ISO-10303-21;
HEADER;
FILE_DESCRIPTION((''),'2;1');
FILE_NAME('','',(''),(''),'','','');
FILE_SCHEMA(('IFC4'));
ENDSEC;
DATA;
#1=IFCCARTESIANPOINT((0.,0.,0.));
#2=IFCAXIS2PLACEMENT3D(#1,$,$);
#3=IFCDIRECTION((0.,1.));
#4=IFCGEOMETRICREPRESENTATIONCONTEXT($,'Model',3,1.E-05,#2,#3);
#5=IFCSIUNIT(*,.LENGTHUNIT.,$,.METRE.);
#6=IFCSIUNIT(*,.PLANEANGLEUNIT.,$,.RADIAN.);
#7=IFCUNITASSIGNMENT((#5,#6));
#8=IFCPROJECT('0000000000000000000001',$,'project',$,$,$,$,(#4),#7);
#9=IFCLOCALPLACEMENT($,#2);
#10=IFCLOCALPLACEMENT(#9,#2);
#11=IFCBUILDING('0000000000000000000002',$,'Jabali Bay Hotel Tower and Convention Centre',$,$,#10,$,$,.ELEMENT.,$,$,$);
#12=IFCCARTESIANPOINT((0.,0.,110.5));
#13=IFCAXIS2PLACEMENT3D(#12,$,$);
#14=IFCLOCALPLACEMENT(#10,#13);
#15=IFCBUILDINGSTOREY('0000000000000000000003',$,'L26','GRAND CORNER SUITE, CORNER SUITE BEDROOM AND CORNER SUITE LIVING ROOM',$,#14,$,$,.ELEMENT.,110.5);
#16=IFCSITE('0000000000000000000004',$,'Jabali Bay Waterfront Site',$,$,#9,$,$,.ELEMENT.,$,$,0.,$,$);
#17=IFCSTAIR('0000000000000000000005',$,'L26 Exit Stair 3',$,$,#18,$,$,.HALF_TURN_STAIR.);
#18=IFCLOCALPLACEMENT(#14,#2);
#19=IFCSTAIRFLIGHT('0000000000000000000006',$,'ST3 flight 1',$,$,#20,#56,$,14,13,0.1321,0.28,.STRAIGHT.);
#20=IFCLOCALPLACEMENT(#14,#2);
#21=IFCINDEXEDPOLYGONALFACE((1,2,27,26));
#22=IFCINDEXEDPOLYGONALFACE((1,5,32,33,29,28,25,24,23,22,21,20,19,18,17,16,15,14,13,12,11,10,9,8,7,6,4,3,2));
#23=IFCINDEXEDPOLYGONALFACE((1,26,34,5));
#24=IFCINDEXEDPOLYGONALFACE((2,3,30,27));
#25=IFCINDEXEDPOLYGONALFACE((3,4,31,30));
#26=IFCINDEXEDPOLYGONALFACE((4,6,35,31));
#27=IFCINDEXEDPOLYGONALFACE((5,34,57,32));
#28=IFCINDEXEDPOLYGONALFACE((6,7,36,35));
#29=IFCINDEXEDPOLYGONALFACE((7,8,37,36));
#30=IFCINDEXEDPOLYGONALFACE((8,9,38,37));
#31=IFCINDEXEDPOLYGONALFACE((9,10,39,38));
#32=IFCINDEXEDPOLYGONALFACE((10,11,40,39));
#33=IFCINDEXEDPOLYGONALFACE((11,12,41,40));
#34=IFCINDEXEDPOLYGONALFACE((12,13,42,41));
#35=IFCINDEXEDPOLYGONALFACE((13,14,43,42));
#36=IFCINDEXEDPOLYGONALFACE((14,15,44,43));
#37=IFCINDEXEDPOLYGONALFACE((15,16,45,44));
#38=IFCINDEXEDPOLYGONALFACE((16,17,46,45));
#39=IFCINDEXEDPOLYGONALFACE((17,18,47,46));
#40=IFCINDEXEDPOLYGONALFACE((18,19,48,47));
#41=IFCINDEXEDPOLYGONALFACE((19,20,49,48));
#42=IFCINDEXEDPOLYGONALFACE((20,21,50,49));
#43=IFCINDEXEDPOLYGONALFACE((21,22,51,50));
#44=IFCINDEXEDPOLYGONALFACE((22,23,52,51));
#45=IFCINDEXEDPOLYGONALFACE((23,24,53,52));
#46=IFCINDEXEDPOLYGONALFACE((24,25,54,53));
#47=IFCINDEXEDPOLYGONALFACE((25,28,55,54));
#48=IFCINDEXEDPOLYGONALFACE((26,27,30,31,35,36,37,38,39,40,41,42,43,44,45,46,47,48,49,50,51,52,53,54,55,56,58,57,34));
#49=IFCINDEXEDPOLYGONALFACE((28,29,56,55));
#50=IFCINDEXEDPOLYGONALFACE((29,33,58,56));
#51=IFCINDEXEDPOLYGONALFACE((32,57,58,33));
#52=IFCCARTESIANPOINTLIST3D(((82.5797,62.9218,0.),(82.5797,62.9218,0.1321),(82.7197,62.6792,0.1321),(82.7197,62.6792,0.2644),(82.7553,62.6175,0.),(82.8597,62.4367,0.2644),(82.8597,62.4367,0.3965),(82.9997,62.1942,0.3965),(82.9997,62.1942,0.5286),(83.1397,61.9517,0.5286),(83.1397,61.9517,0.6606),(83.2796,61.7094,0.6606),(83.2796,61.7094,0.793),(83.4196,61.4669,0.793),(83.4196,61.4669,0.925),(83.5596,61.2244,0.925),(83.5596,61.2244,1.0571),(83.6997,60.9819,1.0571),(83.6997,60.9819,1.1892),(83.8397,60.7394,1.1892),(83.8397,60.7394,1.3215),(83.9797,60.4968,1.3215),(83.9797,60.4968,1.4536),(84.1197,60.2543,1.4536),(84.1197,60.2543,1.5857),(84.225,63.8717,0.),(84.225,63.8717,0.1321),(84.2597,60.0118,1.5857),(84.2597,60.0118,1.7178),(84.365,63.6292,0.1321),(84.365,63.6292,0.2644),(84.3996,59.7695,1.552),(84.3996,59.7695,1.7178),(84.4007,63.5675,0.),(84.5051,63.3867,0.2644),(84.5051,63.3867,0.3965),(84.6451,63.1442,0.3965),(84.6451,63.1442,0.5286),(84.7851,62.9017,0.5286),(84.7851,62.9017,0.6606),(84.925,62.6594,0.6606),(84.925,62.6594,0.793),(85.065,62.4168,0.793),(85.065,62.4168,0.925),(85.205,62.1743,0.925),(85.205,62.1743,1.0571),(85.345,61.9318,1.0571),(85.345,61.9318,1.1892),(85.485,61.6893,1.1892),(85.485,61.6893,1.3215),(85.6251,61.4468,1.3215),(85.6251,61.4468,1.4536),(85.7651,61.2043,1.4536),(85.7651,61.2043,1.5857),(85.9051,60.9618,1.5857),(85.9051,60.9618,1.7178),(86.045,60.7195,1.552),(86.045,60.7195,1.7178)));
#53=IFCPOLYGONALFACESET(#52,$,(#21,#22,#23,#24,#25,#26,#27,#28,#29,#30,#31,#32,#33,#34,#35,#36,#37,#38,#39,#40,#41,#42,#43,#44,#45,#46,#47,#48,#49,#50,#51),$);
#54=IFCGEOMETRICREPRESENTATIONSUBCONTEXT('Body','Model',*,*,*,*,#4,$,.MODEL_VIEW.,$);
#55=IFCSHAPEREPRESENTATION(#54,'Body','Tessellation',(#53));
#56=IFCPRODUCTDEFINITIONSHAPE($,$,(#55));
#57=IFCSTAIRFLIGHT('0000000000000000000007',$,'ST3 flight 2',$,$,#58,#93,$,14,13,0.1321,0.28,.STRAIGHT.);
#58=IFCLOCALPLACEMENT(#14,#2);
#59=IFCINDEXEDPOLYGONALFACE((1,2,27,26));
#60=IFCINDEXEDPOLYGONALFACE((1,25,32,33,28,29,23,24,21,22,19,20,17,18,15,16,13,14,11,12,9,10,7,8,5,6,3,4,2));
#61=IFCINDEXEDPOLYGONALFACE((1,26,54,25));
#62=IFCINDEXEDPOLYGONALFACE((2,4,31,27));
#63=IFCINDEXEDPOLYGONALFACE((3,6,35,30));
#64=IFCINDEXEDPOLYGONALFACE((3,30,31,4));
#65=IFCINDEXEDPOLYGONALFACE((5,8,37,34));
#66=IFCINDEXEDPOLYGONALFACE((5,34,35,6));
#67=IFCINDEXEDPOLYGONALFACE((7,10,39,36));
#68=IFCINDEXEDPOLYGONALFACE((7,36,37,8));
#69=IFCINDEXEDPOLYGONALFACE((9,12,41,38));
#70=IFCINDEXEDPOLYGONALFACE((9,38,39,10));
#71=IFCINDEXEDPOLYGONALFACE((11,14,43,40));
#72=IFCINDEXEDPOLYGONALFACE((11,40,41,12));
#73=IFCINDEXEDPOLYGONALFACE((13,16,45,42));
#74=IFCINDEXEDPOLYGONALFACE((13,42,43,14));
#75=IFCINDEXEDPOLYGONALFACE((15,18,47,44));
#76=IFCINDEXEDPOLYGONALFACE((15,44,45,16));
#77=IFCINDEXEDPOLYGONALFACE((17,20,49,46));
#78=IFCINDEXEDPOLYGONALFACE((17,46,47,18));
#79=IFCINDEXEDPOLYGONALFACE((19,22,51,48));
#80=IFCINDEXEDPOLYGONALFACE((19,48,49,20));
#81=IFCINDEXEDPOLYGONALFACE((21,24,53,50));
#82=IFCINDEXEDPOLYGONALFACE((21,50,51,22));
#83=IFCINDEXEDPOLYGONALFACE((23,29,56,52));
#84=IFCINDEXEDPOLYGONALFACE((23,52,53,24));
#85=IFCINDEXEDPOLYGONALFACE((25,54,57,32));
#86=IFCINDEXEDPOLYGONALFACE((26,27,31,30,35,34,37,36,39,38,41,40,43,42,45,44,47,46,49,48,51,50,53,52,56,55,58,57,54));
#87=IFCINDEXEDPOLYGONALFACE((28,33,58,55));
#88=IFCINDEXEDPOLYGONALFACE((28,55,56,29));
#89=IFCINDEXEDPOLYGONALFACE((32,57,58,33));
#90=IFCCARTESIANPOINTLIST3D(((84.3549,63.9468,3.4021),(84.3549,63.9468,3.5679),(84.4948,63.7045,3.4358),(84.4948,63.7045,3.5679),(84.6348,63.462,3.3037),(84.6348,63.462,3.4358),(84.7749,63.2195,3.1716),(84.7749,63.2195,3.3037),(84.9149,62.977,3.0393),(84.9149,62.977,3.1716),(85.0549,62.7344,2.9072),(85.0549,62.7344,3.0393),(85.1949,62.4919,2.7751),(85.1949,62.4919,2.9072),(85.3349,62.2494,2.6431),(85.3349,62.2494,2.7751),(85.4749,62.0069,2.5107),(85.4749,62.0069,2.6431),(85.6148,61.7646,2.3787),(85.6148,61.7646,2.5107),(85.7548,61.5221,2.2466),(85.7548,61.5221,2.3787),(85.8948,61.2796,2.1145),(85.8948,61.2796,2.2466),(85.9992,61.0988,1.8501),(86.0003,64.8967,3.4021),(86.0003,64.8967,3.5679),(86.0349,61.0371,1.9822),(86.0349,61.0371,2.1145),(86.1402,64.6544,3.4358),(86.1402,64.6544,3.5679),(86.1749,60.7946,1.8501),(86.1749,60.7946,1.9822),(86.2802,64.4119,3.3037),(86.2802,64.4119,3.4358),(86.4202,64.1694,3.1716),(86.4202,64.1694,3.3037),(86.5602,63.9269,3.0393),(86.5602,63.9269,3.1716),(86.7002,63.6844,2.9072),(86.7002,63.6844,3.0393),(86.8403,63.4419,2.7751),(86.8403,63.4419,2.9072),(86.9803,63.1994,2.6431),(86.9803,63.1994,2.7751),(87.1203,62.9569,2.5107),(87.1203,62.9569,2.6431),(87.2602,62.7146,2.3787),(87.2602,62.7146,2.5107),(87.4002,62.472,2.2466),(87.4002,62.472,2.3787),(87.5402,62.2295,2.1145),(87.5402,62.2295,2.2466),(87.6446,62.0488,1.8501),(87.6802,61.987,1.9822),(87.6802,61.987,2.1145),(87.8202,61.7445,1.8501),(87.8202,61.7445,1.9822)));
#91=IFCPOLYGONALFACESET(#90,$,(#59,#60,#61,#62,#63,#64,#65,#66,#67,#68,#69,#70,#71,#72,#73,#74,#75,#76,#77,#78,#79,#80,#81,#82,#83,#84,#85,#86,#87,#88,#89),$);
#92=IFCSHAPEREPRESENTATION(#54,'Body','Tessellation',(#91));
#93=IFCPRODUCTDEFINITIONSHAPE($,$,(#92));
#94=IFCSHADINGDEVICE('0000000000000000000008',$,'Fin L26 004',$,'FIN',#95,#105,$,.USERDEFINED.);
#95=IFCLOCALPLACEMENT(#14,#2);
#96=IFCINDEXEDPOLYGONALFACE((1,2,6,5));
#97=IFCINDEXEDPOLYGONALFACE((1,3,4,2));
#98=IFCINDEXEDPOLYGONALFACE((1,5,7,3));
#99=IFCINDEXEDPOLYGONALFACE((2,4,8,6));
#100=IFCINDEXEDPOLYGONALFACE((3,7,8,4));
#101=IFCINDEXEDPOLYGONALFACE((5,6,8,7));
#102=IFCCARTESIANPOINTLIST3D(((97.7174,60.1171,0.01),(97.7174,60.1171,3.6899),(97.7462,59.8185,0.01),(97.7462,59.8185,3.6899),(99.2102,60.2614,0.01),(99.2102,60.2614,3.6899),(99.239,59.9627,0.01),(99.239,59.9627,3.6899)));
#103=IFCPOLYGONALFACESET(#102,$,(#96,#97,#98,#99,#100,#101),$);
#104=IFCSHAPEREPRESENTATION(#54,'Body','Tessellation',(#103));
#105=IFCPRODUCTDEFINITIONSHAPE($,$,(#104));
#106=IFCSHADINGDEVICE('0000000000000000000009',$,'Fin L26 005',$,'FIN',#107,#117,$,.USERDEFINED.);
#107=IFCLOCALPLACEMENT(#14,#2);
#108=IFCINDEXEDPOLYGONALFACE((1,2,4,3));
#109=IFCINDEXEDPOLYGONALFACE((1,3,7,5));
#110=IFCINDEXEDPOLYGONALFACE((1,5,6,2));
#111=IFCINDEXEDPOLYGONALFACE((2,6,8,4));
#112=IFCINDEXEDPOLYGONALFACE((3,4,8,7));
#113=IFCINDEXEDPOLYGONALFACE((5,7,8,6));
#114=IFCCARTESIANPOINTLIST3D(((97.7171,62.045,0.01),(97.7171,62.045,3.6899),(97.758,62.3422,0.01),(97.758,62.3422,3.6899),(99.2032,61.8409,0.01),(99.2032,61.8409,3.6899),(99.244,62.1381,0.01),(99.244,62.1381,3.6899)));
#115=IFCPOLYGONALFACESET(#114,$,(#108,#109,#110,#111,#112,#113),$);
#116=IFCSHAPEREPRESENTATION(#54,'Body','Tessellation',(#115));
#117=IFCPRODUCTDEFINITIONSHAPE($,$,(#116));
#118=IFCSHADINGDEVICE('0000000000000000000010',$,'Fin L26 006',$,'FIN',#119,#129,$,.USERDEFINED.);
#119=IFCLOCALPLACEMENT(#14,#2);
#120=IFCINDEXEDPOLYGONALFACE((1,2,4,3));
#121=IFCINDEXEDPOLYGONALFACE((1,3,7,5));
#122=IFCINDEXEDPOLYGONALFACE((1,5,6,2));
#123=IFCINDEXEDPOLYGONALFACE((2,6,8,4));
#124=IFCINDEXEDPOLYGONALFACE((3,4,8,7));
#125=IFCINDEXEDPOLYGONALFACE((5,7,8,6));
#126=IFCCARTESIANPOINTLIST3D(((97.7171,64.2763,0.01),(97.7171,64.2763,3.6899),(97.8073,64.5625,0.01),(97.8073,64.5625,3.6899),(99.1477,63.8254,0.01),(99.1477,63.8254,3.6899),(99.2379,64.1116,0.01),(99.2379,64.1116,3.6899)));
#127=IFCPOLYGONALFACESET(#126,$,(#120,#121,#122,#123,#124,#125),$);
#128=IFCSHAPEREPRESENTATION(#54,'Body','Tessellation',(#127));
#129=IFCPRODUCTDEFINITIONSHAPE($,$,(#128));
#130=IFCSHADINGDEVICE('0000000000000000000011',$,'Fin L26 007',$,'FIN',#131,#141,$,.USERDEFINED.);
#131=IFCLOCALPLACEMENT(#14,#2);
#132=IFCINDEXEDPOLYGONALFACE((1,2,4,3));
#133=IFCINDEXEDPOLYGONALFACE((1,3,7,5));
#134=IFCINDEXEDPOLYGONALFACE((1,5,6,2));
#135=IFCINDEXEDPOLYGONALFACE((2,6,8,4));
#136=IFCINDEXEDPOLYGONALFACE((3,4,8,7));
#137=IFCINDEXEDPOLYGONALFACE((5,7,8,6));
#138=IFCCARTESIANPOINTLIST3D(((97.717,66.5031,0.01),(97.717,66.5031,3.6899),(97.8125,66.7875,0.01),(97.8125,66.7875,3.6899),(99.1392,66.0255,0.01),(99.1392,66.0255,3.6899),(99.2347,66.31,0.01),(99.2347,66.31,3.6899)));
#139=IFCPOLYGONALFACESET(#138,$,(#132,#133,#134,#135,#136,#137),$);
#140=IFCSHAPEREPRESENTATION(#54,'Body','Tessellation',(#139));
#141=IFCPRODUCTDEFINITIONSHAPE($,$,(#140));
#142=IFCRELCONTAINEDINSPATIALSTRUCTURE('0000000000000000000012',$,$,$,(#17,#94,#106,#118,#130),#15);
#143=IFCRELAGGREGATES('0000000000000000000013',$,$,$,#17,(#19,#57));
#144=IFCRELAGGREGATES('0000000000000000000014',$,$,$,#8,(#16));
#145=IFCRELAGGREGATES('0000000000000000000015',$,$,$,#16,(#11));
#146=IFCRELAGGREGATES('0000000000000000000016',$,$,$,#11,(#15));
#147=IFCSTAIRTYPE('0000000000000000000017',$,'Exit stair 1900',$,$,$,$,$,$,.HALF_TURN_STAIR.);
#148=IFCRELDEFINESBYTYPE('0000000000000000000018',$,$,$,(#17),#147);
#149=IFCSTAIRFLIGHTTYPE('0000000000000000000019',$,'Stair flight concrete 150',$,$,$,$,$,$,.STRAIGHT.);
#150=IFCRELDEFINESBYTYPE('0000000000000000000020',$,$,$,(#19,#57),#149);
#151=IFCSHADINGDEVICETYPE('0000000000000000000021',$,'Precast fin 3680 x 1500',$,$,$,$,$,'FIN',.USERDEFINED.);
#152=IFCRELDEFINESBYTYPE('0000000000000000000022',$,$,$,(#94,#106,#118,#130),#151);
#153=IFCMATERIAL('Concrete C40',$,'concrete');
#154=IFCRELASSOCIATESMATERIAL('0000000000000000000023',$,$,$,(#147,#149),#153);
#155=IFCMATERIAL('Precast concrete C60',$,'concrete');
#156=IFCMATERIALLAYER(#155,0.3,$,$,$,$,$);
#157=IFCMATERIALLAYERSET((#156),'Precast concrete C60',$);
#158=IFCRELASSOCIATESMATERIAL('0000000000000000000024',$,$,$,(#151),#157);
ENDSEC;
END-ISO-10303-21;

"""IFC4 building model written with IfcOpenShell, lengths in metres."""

from ifc_helpers import new_model, si_unit, direction, frame, frame_2d, origin, place, context, subcontext, project, spatial, polyline, rectangle, outline, extrude, material, layer, layer_set, type_object, element, aggregate, save


model = new_model("IFC4")

# Units and contexts
model_context = context("Model", 3, precision=1e-05, world=origin(), true_north=direction((0.0, 1.0)))
body_context = subcontext(model_context, "Body", "Model", "MODEL_VIEW")
ifc_project = project(units=[si_unit("LENGTHUNIT", "METRE"), si_unit("PLANEANGLEUNIT", "RADIAN")], contexts=[model_context])

# Site, building, storey
site_placement = place(None, origin())
site = spatial("IfcSite", under=ifc_project, at=site_placement, Name="Jabali Bay Waterfront Site", CompositionType="ELEMENT", RefElevation=0.0)
building_placement = place(site_placement, origin())
building = spatial("IfcBuilding", under=site, at=building_placement, Name="Jabali Bay Hotel Tower and Convention Centre", CompositionType="ELEMENT")
storey_placement = place(building_placement, frame((0.0, 0.0, 110.5)))
storey = spatial("IfcBuildingStorey", under=building, at=storey_placement, Name="L26", Description="GRAND CORNER SUITE, CORNER SUITE BEDROOM AND CORNER SUITE LIVING ROOM", CompositionType="ELEMENT", Elevation=110.5)

# Shared definitions
ifc_material_1 = material(Name="Concrete C40", Category="concrete")

# Stair, stair flights
stair_type = type_object("IfcStairType", Name="Exit stair 1900", PredefinedType="HALF_TURN_STAIR", material=ifc_material_1)
stair_placement = place(storey_placement, origin())
stair = element("IfcStair", 1, at=stair_placement, inside=storey, type_object=stair_type, Name="L26 Exit Stair 3", PredefinedType="HALF_TURN_STAIR")
stair_flight_type = type_object("IfcStairFlightType", Name="Stair flight concrete 150", PredefinedType="STRAIGHT", material=ifc_material_1)
stair_flight_1_placement = place(storey_placement, frame((83.4023, 63.3967, 0.0), z_axis=(0.0, 0.0, 1.0), x_axis=(0.5, -0.866025, 0.0)))
stair_flight_1 = element("IfcStairFlight", 2, at=stair_flight_1_placement, type_object=stair_flight_type, Name="ST3 flight 1", NumberOfRisers=14, NumberOfTreads=13, PredefinedType="STRAIGHT", RiserHeight=0.1321, TreadLength=0.28, context=body_context, shape_type="SweptSolid", body=[
    extrude(outline(polyline([(0.0, 0.0), (0.0, 0.1321), (0.28, 0.1321), (0.28, 0.2644), (0.5601, 0.2644), (0.5601, 0.3965), (0.8401, 0.3965), (0.8401, 0.5286), (1.1201, 0.5286), (1.1201, 0.6606), (1.3999, 0.6606), (1.3999, 0.793), (1.6799, 0.793), (1.6799, 0.925), (1.96, 0.925), (1.96, 1.0571), (2.24, 1.0571), (2.24, 1.1892), (2.52, 1.1892), (2.52, 1.3215), (2.8, 1.3215), (2.8, 1.4536), (3.0801, 1.4536), (3.0801, 1.5857), (3.3601, 1.5857), (3.3601, 1.7178), (3.6399, 1.7178), (3.6399, 1.8501), (3.6399, 1.552), (0.3513, 0.0), (0.0, 0.0)])), frame((0.0, 0.95, 0.0), z_axis=(0.0, -1.0, 0.0), x_axis=(1.0, 0.0, 0.0)), (0.0, 0.0, 1.0), 1.8999),
])
stair_flight_2_placement = place(storey_placement, frame((86.9976, 61.2695, 1.8501), z_axis=(0.0, 0.0, 1.0), x_axis=(-0.5, 0.866025, 0.0)))
stair_flight_2 = element("IfcStairFlight", 3, at=stair_flight_2_placement, type_object=stair_flight_type, Name="ST3 flight 2", NumberOfRisers=14, NumberOfTreads=13, PredefinedType="STRAIGHT", RiserHeight=0.1321, TreadLength=0.28, context=body_context, shape_type="SweptSolid", body=[
    extrude(outline(polyline([(0.0, 0.0), (0.0, 0.1321), (0.28, 0.1321), (0.28, 0.2644), (0.5601, 0.2644), (0.5601, 0.3965), (0.8401, 0.3965), (0.8401, 0.5286), (1.1201, 0.5286), (1.1201, 0.6606), (1.3999, 0.6606), (1.3999, 0.793), (1.6799, 0.793), (1.6799, 0.925), (1.96, 0.925), (1.96, 1.0571), (2.24, 1.0571), (2.24, 1.1892), (2.52, 1.1892), (2.52, 1.3215), (2.8, 1.3215), (2.8, 1.4536), (3.0801, 1.4536), (3.0801, 1.5857), (3.3601, 1.5857), (3.3601, 1.7178), (3.6399, 1.7178), (3.6399, 1.8501), (3.6399, 1.552), (0.3513, 0.0), (0.0, 0.0)])), frame((0.0, 0.95, 0.0), z_axis=(0.0, -1.0, 0.0), x_axis=(1.0, 0.0, 0.0)), (0.0, 0.0, 1.0), 1.8999),
])
aggregate(stair, [stair_flight_1, stair_flight_2])

# Shading devices
ifc_material_2 = material(Name="Precast concrete C60", Category="concrete")
ifc_layer_1 = layer(ifc_material_2, 0.3)
ifc_layer_set_1 = layer_set([ifc_layer_1], Name="Precast concrete C60")
shading_device_type = type_object("IfcShadingDeviceType", Name="Precast fin 3680 x 1500", ElementType="FIN", PredefinedType="USERDEFINED", material=ifc_layer_set_1)
shading_device_1_placement = place(storey_placement, frame((97.7317, 59.9678, 0.01), z_axis=(0.0, 0.0, 1.0), x_axis=(0.995362, 0.096199, 0.0)))
element("IfcShadingDevice", 4, at=shading_device_1_placement, inside=storey, type_object=shading_device_type, Name="Fin L26 004", ObjectType="FIN", PredefinedType="USERDEFINED", context=body_context, shape_type="SweptSolid", body=[
    extrude(rectangle(XDim=1.4998, YDim=0.3, at=frame_2d((0.75, 0.0))), origin(), (0.0, 0.0, 1.0), 3.6799),
])
for number, where, z_axis, x_axis, name in (
    (5, (97.7375, 62.1936, 0.01), (0.0, 0.0, 1.0), (0.9907, -0.136065, 0.0), "Fin L26 005"),
    (6, (97.7622, 64.4194, 0.01), (0.0, 0.0, 1.0), (0.953747, -0.300609, 0.0), "Fin L26 006"),
):
    element("IfcShadingDevice", number, at=place(storey_placement, frame(where, z_axis=z_axis, x_axis=x_axis)), inside=storey, type_object=shading_device_type, Name=name, ObjectType="FIN", PredefinedType="USERDEFINED", context=body_context, shape_type="SweptSolid", body=[
        extrude(rectangle(XDim=1.5, YDim=0.3, at=frame_2d((0.75, 0.0))), origin(), (0.0, 0.0, 1.0), 3.6799),
    ])
shading_device_2_placement = place(storey_placement, frame((97.7649, 66.6453, 0.01), z_axis=(0.0, 0.0, 1.0), x_axis=(0.947981, -0.318326, 0.0)))
element("IfcShadingDevice", 7, at=shading_device_2_placement, inside=storey, type_object=shading_device_type, Name="Fin L26 007", ObjectType="FIN", PredefinedType="USERDEFINED", context=body_context, shape_type="SweptSolid", body=[
    extrude(rectangle(XDim=1.5002, YDim=0.3, at=frame_2d((0.75, 0.0))), origin(), (0.0, 0.0, 1.0), 3.6799),
])

save(model, "model.ifc")
